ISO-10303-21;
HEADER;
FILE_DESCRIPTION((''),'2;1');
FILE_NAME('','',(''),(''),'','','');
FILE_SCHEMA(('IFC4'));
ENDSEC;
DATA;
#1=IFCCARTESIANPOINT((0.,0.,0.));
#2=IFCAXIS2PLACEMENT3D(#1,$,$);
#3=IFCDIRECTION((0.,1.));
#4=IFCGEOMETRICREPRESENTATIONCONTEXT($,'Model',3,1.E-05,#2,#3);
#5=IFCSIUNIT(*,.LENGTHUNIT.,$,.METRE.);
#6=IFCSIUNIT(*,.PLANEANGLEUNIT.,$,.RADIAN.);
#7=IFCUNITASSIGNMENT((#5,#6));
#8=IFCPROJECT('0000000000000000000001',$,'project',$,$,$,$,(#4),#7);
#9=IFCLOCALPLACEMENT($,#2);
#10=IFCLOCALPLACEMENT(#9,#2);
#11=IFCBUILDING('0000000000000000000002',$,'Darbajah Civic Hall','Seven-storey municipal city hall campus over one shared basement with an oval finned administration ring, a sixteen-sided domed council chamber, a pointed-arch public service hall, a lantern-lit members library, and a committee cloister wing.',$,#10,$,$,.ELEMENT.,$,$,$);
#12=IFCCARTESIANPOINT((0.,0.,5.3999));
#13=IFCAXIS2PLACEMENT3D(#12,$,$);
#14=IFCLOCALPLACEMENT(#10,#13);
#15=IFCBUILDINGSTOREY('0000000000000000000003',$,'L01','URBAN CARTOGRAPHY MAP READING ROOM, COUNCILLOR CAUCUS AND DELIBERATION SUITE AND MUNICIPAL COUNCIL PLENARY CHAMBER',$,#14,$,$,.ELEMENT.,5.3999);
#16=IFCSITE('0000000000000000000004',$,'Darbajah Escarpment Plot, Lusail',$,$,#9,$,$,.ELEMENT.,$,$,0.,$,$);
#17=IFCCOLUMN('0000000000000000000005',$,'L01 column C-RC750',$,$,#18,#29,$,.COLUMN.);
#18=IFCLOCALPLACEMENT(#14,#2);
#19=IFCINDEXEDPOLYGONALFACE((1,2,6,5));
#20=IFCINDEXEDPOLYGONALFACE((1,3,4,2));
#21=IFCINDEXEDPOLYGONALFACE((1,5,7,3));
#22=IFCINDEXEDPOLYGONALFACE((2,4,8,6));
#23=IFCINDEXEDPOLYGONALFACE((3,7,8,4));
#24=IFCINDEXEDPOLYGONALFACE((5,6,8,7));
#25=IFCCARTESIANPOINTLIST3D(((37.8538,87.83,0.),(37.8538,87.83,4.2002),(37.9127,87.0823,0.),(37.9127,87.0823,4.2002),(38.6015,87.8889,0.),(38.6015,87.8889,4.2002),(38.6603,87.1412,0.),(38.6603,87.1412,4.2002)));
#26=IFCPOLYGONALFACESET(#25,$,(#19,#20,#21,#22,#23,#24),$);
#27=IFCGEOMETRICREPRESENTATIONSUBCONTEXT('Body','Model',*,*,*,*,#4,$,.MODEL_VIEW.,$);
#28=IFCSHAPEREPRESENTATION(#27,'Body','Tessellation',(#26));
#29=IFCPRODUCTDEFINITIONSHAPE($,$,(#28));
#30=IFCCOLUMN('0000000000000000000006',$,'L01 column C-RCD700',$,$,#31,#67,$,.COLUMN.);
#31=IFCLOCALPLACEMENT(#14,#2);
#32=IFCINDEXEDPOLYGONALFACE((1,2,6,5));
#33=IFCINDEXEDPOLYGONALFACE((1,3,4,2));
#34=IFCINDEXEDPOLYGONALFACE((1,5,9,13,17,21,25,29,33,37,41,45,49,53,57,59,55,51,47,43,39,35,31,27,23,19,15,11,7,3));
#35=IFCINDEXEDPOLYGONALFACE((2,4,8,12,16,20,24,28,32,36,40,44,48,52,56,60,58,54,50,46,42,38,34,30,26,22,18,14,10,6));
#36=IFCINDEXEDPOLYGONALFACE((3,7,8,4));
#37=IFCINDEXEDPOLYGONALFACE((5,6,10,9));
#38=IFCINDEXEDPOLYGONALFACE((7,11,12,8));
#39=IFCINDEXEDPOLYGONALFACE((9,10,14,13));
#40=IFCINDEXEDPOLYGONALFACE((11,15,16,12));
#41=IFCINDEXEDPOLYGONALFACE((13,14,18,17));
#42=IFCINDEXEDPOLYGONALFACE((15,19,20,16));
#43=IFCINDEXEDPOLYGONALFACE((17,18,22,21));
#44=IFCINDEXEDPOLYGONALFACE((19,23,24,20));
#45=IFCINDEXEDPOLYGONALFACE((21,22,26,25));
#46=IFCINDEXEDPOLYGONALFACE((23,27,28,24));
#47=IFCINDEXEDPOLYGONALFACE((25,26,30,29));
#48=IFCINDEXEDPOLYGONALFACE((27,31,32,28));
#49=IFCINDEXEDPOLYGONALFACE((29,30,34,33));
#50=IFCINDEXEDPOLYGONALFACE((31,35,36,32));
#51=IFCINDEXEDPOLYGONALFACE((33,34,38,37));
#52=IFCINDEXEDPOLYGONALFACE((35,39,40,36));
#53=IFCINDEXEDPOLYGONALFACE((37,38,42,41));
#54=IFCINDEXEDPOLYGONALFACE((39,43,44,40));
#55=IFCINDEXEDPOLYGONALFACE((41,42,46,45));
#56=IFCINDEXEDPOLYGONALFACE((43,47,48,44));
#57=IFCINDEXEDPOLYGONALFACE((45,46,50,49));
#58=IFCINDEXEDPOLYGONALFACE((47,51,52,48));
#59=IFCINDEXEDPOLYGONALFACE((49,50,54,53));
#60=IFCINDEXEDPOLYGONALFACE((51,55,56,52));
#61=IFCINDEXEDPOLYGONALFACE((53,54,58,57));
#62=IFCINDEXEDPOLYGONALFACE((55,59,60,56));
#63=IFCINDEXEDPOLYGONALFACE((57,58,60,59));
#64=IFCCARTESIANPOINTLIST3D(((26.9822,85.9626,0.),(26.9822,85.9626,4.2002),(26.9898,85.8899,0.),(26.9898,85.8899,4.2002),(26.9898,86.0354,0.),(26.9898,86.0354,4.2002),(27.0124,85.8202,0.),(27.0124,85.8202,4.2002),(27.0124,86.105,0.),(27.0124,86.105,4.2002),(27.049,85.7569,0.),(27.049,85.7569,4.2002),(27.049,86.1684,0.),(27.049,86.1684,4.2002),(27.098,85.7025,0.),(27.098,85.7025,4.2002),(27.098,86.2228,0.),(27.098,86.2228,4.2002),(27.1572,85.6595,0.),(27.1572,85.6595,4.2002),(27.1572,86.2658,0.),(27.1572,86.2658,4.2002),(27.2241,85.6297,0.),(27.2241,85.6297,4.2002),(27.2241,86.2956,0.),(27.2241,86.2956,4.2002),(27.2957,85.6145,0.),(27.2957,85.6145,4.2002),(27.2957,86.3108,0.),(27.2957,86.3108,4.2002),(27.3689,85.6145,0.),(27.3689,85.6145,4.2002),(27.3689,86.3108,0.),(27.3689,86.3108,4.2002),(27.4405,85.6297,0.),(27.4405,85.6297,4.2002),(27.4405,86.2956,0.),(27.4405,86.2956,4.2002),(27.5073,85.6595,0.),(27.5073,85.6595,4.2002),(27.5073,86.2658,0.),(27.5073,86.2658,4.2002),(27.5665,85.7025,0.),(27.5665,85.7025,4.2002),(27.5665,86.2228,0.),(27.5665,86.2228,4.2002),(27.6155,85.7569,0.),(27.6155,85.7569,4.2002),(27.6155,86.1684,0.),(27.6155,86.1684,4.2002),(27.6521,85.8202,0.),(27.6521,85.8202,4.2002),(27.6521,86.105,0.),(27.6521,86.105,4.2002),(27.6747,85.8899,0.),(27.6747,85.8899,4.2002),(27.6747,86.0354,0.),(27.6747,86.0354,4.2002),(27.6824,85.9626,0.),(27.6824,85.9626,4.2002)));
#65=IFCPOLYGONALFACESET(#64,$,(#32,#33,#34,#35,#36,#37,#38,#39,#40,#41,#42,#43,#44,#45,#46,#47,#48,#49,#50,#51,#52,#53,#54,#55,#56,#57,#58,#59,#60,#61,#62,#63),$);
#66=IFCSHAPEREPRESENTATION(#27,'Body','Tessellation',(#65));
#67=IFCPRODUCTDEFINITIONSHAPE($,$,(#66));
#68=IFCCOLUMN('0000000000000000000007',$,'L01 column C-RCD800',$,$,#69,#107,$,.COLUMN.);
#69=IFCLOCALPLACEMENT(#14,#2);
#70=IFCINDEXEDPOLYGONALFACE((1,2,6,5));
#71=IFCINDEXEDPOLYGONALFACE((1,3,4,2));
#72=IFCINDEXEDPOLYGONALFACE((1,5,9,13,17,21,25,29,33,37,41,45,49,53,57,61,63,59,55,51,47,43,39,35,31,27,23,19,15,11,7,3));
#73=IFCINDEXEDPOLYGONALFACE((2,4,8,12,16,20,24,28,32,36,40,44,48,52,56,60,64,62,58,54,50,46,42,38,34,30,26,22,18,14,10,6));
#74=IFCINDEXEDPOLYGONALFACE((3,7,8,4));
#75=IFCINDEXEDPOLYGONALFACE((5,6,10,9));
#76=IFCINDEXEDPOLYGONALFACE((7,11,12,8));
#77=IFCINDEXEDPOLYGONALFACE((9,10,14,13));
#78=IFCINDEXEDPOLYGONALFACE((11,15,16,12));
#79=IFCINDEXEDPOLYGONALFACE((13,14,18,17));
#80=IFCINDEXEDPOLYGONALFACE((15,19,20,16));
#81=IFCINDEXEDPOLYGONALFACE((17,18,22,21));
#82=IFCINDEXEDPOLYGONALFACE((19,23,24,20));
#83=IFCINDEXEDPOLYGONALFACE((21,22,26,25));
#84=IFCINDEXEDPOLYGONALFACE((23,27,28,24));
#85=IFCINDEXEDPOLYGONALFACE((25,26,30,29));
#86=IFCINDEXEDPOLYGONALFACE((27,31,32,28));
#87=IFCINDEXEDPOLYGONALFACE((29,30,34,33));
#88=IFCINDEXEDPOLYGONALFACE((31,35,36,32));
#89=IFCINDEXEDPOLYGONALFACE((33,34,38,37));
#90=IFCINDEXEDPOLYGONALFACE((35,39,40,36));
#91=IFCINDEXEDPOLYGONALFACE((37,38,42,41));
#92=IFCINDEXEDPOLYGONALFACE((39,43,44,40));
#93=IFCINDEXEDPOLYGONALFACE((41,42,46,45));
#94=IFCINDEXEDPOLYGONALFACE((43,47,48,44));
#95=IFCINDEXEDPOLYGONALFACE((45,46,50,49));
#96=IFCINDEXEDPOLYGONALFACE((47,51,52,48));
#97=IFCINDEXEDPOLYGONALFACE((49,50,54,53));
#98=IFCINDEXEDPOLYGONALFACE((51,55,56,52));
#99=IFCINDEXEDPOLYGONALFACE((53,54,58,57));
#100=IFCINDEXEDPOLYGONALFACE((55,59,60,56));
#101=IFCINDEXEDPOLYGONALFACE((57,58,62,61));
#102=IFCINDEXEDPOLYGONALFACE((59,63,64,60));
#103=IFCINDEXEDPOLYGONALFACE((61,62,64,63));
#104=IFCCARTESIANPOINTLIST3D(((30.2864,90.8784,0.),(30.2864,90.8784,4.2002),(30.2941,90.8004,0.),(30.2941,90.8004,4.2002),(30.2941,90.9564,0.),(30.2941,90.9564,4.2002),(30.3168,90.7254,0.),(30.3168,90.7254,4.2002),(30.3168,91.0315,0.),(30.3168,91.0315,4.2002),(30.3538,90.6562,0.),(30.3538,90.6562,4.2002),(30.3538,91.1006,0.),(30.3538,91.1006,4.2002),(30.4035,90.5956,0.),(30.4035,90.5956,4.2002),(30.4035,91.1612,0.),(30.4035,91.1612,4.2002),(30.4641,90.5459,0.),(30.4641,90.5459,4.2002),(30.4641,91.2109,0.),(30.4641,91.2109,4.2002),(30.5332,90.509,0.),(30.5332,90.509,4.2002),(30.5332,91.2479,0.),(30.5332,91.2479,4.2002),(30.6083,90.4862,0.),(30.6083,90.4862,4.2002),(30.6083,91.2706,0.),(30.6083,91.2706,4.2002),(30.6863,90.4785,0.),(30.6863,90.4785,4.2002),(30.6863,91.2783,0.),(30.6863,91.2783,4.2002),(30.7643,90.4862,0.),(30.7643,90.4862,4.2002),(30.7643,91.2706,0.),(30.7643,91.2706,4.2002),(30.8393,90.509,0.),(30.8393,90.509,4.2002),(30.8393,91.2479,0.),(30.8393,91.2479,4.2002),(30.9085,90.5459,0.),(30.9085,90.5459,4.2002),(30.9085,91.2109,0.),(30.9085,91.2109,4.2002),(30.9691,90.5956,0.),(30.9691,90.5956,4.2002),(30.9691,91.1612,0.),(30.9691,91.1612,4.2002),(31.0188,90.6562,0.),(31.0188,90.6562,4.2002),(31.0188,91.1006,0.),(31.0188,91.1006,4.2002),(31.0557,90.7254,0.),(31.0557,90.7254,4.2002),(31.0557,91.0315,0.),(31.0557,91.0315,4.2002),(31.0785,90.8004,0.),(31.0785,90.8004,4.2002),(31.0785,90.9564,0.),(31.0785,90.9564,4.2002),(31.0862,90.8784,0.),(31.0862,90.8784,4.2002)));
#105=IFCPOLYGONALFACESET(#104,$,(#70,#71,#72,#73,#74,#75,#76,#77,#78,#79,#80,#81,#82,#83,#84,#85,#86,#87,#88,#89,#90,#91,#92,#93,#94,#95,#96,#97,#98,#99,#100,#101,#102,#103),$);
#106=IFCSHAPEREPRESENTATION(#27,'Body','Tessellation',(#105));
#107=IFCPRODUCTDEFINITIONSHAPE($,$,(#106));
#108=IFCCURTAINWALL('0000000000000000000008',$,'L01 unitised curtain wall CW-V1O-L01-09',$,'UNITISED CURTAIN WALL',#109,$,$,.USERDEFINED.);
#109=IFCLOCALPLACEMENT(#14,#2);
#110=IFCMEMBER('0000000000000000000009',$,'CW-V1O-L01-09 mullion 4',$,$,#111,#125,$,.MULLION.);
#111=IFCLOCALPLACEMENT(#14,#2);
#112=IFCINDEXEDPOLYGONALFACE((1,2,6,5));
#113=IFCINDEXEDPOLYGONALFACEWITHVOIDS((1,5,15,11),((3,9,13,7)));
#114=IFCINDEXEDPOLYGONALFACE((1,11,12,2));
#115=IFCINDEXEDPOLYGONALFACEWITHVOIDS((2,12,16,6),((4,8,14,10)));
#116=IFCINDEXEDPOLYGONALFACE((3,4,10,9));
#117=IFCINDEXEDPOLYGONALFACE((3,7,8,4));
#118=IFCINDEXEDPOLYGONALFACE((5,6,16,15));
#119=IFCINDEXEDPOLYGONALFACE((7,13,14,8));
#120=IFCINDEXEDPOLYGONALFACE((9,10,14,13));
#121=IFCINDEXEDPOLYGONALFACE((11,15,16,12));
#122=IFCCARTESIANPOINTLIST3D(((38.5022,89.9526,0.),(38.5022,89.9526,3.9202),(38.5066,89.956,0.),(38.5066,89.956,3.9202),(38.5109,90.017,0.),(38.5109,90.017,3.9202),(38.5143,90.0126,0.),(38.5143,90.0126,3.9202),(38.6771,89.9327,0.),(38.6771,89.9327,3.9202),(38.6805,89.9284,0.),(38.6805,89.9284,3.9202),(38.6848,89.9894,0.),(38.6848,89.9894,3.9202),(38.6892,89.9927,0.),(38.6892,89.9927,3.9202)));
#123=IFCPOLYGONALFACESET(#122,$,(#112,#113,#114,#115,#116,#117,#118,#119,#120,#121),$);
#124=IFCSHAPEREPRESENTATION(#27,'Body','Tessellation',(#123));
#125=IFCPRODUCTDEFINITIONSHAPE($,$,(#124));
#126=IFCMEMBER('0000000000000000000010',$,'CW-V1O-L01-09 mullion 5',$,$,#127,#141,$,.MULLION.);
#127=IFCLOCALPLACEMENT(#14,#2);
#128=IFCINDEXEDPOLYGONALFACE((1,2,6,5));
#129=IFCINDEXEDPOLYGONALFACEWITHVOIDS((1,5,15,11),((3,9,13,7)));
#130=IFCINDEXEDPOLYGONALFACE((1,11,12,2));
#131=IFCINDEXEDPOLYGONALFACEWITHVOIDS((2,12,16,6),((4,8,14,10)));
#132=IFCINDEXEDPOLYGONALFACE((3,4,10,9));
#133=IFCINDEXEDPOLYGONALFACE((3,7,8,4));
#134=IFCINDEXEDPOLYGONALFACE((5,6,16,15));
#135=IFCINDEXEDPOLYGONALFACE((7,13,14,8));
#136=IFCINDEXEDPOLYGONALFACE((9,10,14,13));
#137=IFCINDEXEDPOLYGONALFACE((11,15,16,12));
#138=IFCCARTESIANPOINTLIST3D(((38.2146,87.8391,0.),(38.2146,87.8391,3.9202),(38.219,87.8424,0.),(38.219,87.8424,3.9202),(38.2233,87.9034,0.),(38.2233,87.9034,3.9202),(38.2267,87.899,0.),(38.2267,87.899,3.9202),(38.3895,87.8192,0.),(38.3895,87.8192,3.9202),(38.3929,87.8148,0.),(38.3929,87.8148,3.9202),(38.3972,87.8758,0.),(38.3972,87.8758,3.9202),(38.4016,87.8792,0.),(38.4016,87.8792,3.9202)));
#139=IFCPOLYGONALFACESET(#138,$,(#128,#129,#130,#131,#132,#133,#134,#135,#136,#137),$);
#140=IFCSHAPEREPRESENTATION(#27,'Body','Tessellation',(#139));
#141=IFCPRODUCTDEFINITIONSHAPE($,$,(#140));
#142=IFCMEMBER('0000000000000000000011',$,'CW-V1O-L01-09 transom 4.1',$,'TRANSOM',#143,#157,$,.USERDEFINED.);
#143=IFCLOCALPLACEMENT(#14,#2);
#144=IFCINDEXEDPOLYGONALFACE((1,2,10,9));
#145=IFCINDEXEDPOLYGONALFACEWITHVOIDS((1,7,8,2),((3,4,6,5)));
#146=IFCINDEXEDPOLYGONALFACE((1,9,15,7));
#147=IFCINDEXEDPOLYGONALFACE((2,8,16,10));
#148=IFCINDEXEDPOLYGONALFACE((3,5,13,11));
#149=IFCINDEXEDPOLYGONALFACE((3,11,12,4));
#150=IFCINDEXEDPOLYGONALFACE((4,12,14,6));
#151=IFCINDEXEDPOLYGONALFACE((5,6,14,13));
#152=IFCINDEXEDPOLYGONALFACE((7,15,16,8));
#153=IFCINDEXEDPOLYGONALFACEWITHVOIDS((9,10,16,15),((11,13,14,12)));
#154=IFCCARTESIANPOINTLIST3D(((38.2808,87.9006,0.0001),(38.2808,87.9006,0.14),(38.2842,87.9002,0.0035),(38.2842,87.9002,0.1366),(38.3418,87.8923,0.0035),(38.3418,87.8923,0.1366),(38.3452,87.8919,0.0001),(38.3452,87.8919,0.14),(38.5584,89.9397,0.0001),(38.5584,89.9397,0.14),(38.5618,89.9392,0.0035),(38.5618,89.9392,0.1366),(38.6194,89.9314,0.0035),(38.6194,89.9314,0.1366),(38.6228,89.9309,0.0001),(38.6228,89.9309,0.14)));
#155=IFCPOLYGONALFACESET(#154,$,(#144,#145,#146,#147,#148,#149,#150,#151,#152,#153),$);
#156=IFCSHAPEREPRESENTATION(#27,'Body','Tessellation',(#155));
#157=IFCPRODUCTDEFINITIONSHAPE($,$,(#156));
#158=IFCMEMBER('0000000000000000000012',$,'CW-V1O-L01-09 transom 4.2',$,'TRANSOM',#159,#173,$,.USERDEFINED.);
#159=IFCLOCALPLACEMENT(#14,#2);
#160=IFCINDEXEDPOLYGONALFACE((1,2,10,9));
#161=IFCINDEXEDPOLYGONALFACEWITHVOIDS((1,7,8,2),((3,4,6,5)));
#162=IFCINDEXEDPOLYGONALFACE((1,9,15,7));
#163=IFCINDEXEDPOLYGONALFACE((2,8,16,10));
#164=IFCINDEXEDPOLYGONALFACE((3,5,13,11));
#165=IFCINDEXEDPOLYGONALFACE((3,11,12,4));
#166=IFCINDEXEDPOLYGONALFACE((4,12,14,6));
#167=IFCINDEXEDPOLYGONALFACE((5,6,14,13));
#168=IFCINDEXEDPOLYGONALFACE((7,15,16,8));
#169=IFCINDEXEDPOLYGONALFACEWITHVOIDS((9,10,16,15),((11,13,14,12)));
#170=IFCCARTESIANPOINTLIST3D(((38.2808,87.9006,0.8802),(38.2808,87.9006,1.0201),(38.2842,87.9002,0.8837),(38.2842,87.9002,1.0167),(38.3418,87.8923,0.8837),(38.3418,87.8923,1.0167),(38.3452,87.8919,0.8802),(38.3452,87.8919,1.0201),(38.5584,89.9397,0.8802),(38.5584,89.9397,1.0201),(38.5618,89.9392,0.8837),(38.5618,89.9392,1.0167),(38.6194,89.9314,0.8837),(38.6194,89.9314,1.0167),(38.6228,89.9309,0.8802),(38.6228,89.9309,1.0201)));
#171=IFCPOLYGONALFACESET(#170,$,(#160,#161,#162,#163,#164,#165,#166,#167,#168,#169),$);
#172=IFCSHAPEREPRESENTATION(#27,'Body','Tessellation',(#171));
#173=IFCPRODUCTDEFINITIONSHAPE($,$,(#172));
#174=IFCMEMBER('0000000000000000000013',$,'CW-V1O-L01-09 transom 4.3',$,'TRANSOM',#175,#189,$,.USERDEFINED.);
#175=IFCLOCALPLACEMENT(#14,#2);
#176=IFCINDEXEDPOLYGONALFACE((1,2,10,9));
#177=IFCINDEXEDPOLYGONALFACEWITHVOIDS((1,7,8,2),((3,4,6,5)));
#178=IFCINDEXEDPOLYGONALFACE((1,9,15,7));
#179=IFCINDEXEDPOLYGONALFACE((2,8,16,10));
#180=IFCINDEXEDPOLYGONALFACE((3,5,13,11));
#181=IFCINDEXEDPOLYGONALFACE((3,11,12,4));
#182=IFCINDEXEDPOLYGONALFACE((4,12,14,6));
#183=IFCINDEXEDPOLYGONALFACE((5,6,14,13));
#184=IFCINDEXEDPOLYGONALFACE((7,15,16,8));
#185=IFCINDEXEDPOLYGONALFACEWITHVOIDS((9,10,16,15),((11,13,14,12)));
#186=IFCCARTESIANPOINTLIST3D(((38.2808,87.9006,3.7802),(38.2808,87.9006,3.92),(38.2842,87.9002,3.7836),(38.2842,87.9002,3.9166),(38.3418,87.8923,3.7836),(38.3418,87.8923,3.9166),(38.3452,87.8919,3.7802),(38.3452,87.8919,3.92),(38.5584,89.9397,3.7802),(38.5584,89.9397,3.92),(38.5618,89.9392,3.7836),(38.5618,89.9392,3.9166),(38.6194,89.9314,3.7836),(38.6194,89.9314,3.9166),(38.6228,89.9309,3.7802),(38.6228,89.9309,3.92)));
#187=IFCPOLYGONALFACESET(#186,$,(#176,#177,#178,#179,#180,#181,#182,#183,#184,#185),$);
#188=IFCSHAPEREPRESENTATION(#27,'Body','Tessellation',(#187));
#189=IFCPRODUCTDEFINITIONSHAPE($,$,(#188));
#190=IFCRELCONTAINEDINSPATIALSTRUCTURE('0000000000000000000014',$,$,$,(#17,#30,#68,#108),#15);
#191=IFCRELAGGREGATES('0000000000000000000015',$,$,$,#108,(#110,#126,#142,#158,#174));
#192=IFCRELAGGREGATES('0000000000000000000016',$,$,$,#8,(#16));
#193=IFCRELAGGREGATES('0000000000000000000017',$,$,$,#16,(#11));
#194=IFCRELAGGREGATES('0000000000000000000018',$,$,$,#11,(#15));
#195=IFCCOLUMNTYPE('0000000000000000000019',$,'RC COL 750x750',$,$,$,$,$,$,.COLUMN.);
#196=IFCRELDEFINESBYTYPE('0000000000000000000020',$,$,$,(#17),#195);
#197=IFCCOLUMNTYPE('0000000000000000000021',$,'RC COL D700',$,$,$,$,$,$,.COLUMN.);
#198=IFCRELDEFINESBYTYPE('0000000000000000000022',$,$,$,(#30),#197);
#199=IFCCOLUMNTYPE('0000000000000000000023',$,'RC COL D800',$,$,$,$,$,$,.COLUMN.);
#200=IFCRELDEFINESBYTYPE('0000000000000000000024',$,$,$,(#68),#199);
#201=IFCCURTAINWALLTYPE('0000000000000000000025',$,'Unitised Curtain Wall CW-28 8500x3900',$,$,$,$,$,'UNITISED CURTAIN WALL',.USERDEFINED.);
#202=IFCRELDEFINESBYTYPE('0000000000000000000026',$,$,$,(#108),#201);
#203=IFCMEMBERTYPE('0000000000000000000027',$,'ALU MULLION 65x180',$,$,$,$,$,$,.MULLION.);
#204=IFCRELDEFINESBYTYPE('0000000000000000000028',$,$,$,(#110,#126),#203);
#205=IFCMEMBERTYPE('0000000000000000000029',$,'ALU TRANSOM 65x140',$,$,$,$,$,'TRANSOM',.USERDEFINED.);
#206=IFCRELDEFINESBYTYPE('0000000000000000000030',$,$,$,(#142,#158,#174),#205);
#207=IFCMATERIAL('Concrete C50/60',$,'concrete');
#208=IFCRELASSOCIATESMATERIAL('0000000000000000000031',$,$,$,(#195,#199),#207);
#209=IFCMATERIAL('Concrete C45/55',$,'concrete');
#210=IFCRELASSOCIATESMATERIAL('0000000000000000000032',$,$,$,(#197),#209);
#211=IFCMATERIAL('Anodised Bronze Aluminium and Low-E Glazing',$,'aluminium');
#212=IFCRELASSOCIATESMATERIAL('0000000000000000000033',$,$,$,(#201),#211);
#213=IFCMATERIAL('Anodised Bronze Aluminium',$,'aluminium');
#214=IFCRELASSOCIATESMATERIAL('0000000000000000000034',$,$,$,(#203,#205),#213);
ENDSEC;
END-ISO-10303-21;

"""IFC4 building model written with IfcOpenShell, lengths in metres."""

from ifc_helpers import new_model, si_unit, direction, frame, origin, origin_2d, place, context, subcontext, project, spatial, rectangle, hollow_rectangle, circle, extrude, material, material_profile, profile_set, type_object, element, aggregate, save


model = new_model("IFC4")

# Units and contexts
model_context = context("Model", 3, precision=1e-05, world=origin(), true_north=direction((0.0, 1.0)))
body_context = subcontext(model_context, "Body", "Model", "MODEL_VIEW")
ifc_project = project(units=[si_unit("LENGTHUNIT", "METRE"), si_unit("PLANEANGLEUNIT", "RADIAN")], contexts=[model_context])

# Site, building, storey
site_placement = place(None, origin())
site = spatial("IfcSite", under=ifc_project, at=site_placement, Name="Darbajah Escarpment Plot, Lusail", CompositionType="ELEMENT", RefElevation=0.0)
building_placement = place(site_placement, origin())
building = spatial("IfcBuilding", under=site, at=building_placement, Name="Darbajah Civic Hall", Description="Seven-storey municipal city hall campus over one shared basement with an oval finned administration ring, a sixteen-sided domed council chamber, a pointed-arch public service hall, a lantern-lit members library, and a committee cloister wing.", CompositionType="ELEMENT")
storey_placement = place(building_placement, frame((0.0, 0.0, 5.3999)))
storey = spatial("IfcBuildingStorey", under=building, at=storey_placement, Name="L01", Description="URBAN CARTOGRAPHY MAP READING ROOM, COUNCILLOR CAUCUS AND DELIBERATION SUITE AND MUNICIPAL COUNCIL PLENARY CHAMBER", CompositionType="ELEMENT", Elevation=5.3999)

# Columns
ifc_material_1 = material(Name="Concrete C50/60", Category="concrete")
ifc_material_profile_1 = material_profile(ifc_material_1, rectangle(XDim=0.75, YDim=0.75, at=origin_2d()), Name="RC COL 750x750")
ifc_profile_set_1 = profile_set([ifc_material_profile_1], Name="Concrete C50/60")
column_type_1 = type_object("IfcColumnType", Name="RC COL 750x750", PredefinedType="COLUMN", material=ifc_profile_set_1)
column_1_placement = place(storey_placement, frame((38.2571, 87.4856, 0.0), z_axis=(0.0, 0.0, 1.0), x_axis=(-0.996917, -0.078459, 0.0)))
element("IfcColumn", 1, at=column_1_placement, inside=storey, type_object=column_type_1, Name="L01 column C-RC750", PredefinedType="COLUMN", context=body_context, shape_type="SweptSolid", body=[
    extrude(rectangle(XDim=0.75, YDim=0.75, at=origin_2d()), origin(), (0.0, 0.0, 1.0), 4.2002),
])
ifc_material_2 = material(Name="Concrete C45/55", Category="concrete")
ifc_material_profile_2 = material_profile(ifc_material_2, circle(Radius=0.3501, at=origin_2d()), Name="RC COL D700")
ifc_profile_set_2 = profile_set([ifc_material_profile_2], Name="Concrete C45/55")
column_type_2 = type_object("IfcColumnType", Name="RC COL D700", PredefinedType="COLUMN", material=ifc_profile_set_2)
column_2_placement = place(storey_placement, frame((27.3323, 85.9626, 0.0), z_axis=(0.0, 0.0, 1.0), x_axis=(1.0, 0.0, 0.0)))
element("IfcColumn", 2, at=column_2_placement, inside=storey, type_object=column_type_2, Name="L01 column C-RCD700", PredefinedType="COLUMN", context=body_context, shape_type="SweptSolid", body=[
    extrude(circle(Radius=0.3501, at=origin_2d()), origin(), (0.0, 0.0, 1.0), 4.2002),
])
ifc_material_profile_3 = material_profile(ifc_material_1, circle(Radius=0.3999, at=origin_2d()), Name="RC COL D800")
ifc_profile_set_3 = profile_set([ifc_material_profile_3], Name="Concrete C50/60")
column_type_3 = type_object("IfcColumnType", Name="RC COL D800", PredefinedType="COLUMN", material=ifc_profile_set_3)
column_3_placement = place(storey_placement, frame((30.6863, 90.8784, 0.0), z_axis=(0.0, 0.0, 1.0), x_axis=(1.0, 0.0, 0.0)))
element("IfcColumn", 3, at=column_3_placement, inside=storey, type_object=column_type_3, Name="L01 column C-RCD800", PredefinedType="COLUMN", context=body_context, shape_type="SweptSolid", body=[
    extrude(circle(Radius=0.3999, at=origin_2d()), origin(), (0.0, 0.0, 1.0), 4.2002),
])

# Curtain wall, members
ifc_material_3 = material(Name="Anodised Bronze Aluminium and Low-E Glazing", Category="aluminium")
curtain_wall_type = type_object("IfcCurtainWallType", Name="Unitised Curtain Wall CW-28 8500x3900", ElementType="UNITISED CURTAIN WALL", PredefinedType="USERDEFINED", material=ifc_material_3)
curtain_wall_placement = place(storey_placement, origin())
curtain_wall = element("IfcCurtainWall", 4, at=curtain_wall_placement, inside=storey, type_object=curtain_wall_type, Name="L01 unitised curtain wall CW-V1O-L01-09", ObjectType="UNITISED CURTAIN WALL", PredefinedType="USERDEFINED")
ifc_material_4 = material(Name="Anodised Bronze Aluminium", Category="aluminium")
ifc_material_profile_4 = material_profile(ifc_material_4, hollow_rectangle(XDim=0.0649, YDim=0.1799, WallThickness=0.0039, at=origin_2d()), Name="ALU MULLION 65x180")
ifc_profile_set_4 = profile_set([ifc_material_profile_4], Name="Anodised Bronze Aluminium")
member_type_1 = type_object("IfcMemberType", Name="ALU MULLION 65x180", PredefinedType="MULLION", material=ifc_profile_set_4)
member_1_placement = place(storey_placement, frame((38.5957, 89.9727, 0.0), z_axis=(0.0, 0.0, 1.0), x_axis=(-0.134851, -0.990866, 0.0)))
member_1 = element("IfcMember", 5, at=member_1_placement, type_object=member_type_1, Name="CW-V1O-L01-09 mullion 4", PredefinedType="MULLION", context=body_context, shape_type="SweptSolid", body=[
    extrude(hollow_rectangle(XDim=0.0649, YDim=0.1799, WallThickness=0.0039, at=origin_2d()), origin(), (0.0, 0.0, 1.0), 3.9202),
])
member_2_placement = place(storey_placement, frame((38.3081, 87.8591, 0.0), z_axis=(0.0, 0.0, 1.0), x_axis=(-0.134851, -0.990866, 0.0)))
member_2 = element("IfcMember", 6, at=member_2_placement, type_object=member_type_1, Name="CW-V1O-L01-09 mullion 5", PredefinedType="MULLION", context=body_context, shape_type="SweptSolid", body=[
    extrude(hollow_rectangle(XDim=0.0649, YDim=0.1799, WallThickness=0.0039, at=origin_2d()), origin(), (0.0, 0.0, 1.0), 3.9202),
])
ifc_material_profile_5 = material_profile(ifc_material_4, hollow_rectangle(XDim=0.0649, YDim=0.1399, WallThickness=0.0034, at=origin_2d()), Name="ALU TRANSOM 65x140")
ifc_profile_set_5 = profile_set([ifc_material_profile_5], Name="Anodised Bronze Aluminium")
member_type_2 = type_object("IfcMemberType", Name="ALU TRANSOM 65x140", ElementType="TRANSOM", PredefinedType="USERDEFINED", material=ifc_profile_set_5)
member_3_placement = place(storey_placement, frame((38.5906, 89.9353, 0.0701), z_axis=(-0.134891, -0.99086, 0.0), x_axis=(0.99086, -0.134891, 0.0)))
member_3 = element("IfcMember", 7, at=member_3_placement, type_object=member_type_2, Name="CW-V1O-L01-09 transom 4.1", ObjectType="TRANSOM", PredefinedType="USERDEFINED", context=body_context, shape_type="SweptSolid", body=[
    extrude(hollow_rectangle(XDim=0.0649, YDim=0.1399, WallThickness=0.0034, at=origin_2d()), origin(), (0.0, 0.0, 1.0), 2.0579),
])
member_4_placement = place(storey_placement, frame((38.5906, 89.9353, 0.9502), z_axis=(-0.134891, -0.99086, 0.0), x_axis=(0.99086, -0.134891, 0.0)))
member_4 = element("IfcMember", 8, at=member_4_placement, type_object=member_type_2, Name="CW-V1O-L01-09 transom 4.2", ObjectType="TRANSOM", PredefinedType="USERDEFINED", context=body_context, shape_type="SweptSolid", body=[
    extrude(hollow_rectangle(XDim=0.0649, YDim=0.1399, WallThickness=0.0034, at=origin_2d()), origin(), (0.0, 0.0, 1.0), 2.0579),
])
member_5_placement = place(storey_placement, frame((38.5906, 89.9353, 3.8501), z_axis=(-0.134891, -0.99086, 0.0), x_axis=(0.99086, -0.134891, 0.0)))
member_5 = element("IfcMember", 9, at=member_5_placement, type_object=member_type_2, Name="CW-V1O-L01-09 transom 4.3", ObjectType="TRANSOM", PredefinedType="USERDEFINED", context=body_context, shape_type="SweptSolid", body=[
    extrude(hollow_rectangle(XDim=0.0649, YDim=0.1399, WallThickness=0.0034, at=origin_2d()), origin(), (0.0, 0.0, 1.0), 2.0579),
])

aggregate(curtain_wall, [member_1, member_2, member_3, member_4, member_5])

save(model, "model.ifc")
